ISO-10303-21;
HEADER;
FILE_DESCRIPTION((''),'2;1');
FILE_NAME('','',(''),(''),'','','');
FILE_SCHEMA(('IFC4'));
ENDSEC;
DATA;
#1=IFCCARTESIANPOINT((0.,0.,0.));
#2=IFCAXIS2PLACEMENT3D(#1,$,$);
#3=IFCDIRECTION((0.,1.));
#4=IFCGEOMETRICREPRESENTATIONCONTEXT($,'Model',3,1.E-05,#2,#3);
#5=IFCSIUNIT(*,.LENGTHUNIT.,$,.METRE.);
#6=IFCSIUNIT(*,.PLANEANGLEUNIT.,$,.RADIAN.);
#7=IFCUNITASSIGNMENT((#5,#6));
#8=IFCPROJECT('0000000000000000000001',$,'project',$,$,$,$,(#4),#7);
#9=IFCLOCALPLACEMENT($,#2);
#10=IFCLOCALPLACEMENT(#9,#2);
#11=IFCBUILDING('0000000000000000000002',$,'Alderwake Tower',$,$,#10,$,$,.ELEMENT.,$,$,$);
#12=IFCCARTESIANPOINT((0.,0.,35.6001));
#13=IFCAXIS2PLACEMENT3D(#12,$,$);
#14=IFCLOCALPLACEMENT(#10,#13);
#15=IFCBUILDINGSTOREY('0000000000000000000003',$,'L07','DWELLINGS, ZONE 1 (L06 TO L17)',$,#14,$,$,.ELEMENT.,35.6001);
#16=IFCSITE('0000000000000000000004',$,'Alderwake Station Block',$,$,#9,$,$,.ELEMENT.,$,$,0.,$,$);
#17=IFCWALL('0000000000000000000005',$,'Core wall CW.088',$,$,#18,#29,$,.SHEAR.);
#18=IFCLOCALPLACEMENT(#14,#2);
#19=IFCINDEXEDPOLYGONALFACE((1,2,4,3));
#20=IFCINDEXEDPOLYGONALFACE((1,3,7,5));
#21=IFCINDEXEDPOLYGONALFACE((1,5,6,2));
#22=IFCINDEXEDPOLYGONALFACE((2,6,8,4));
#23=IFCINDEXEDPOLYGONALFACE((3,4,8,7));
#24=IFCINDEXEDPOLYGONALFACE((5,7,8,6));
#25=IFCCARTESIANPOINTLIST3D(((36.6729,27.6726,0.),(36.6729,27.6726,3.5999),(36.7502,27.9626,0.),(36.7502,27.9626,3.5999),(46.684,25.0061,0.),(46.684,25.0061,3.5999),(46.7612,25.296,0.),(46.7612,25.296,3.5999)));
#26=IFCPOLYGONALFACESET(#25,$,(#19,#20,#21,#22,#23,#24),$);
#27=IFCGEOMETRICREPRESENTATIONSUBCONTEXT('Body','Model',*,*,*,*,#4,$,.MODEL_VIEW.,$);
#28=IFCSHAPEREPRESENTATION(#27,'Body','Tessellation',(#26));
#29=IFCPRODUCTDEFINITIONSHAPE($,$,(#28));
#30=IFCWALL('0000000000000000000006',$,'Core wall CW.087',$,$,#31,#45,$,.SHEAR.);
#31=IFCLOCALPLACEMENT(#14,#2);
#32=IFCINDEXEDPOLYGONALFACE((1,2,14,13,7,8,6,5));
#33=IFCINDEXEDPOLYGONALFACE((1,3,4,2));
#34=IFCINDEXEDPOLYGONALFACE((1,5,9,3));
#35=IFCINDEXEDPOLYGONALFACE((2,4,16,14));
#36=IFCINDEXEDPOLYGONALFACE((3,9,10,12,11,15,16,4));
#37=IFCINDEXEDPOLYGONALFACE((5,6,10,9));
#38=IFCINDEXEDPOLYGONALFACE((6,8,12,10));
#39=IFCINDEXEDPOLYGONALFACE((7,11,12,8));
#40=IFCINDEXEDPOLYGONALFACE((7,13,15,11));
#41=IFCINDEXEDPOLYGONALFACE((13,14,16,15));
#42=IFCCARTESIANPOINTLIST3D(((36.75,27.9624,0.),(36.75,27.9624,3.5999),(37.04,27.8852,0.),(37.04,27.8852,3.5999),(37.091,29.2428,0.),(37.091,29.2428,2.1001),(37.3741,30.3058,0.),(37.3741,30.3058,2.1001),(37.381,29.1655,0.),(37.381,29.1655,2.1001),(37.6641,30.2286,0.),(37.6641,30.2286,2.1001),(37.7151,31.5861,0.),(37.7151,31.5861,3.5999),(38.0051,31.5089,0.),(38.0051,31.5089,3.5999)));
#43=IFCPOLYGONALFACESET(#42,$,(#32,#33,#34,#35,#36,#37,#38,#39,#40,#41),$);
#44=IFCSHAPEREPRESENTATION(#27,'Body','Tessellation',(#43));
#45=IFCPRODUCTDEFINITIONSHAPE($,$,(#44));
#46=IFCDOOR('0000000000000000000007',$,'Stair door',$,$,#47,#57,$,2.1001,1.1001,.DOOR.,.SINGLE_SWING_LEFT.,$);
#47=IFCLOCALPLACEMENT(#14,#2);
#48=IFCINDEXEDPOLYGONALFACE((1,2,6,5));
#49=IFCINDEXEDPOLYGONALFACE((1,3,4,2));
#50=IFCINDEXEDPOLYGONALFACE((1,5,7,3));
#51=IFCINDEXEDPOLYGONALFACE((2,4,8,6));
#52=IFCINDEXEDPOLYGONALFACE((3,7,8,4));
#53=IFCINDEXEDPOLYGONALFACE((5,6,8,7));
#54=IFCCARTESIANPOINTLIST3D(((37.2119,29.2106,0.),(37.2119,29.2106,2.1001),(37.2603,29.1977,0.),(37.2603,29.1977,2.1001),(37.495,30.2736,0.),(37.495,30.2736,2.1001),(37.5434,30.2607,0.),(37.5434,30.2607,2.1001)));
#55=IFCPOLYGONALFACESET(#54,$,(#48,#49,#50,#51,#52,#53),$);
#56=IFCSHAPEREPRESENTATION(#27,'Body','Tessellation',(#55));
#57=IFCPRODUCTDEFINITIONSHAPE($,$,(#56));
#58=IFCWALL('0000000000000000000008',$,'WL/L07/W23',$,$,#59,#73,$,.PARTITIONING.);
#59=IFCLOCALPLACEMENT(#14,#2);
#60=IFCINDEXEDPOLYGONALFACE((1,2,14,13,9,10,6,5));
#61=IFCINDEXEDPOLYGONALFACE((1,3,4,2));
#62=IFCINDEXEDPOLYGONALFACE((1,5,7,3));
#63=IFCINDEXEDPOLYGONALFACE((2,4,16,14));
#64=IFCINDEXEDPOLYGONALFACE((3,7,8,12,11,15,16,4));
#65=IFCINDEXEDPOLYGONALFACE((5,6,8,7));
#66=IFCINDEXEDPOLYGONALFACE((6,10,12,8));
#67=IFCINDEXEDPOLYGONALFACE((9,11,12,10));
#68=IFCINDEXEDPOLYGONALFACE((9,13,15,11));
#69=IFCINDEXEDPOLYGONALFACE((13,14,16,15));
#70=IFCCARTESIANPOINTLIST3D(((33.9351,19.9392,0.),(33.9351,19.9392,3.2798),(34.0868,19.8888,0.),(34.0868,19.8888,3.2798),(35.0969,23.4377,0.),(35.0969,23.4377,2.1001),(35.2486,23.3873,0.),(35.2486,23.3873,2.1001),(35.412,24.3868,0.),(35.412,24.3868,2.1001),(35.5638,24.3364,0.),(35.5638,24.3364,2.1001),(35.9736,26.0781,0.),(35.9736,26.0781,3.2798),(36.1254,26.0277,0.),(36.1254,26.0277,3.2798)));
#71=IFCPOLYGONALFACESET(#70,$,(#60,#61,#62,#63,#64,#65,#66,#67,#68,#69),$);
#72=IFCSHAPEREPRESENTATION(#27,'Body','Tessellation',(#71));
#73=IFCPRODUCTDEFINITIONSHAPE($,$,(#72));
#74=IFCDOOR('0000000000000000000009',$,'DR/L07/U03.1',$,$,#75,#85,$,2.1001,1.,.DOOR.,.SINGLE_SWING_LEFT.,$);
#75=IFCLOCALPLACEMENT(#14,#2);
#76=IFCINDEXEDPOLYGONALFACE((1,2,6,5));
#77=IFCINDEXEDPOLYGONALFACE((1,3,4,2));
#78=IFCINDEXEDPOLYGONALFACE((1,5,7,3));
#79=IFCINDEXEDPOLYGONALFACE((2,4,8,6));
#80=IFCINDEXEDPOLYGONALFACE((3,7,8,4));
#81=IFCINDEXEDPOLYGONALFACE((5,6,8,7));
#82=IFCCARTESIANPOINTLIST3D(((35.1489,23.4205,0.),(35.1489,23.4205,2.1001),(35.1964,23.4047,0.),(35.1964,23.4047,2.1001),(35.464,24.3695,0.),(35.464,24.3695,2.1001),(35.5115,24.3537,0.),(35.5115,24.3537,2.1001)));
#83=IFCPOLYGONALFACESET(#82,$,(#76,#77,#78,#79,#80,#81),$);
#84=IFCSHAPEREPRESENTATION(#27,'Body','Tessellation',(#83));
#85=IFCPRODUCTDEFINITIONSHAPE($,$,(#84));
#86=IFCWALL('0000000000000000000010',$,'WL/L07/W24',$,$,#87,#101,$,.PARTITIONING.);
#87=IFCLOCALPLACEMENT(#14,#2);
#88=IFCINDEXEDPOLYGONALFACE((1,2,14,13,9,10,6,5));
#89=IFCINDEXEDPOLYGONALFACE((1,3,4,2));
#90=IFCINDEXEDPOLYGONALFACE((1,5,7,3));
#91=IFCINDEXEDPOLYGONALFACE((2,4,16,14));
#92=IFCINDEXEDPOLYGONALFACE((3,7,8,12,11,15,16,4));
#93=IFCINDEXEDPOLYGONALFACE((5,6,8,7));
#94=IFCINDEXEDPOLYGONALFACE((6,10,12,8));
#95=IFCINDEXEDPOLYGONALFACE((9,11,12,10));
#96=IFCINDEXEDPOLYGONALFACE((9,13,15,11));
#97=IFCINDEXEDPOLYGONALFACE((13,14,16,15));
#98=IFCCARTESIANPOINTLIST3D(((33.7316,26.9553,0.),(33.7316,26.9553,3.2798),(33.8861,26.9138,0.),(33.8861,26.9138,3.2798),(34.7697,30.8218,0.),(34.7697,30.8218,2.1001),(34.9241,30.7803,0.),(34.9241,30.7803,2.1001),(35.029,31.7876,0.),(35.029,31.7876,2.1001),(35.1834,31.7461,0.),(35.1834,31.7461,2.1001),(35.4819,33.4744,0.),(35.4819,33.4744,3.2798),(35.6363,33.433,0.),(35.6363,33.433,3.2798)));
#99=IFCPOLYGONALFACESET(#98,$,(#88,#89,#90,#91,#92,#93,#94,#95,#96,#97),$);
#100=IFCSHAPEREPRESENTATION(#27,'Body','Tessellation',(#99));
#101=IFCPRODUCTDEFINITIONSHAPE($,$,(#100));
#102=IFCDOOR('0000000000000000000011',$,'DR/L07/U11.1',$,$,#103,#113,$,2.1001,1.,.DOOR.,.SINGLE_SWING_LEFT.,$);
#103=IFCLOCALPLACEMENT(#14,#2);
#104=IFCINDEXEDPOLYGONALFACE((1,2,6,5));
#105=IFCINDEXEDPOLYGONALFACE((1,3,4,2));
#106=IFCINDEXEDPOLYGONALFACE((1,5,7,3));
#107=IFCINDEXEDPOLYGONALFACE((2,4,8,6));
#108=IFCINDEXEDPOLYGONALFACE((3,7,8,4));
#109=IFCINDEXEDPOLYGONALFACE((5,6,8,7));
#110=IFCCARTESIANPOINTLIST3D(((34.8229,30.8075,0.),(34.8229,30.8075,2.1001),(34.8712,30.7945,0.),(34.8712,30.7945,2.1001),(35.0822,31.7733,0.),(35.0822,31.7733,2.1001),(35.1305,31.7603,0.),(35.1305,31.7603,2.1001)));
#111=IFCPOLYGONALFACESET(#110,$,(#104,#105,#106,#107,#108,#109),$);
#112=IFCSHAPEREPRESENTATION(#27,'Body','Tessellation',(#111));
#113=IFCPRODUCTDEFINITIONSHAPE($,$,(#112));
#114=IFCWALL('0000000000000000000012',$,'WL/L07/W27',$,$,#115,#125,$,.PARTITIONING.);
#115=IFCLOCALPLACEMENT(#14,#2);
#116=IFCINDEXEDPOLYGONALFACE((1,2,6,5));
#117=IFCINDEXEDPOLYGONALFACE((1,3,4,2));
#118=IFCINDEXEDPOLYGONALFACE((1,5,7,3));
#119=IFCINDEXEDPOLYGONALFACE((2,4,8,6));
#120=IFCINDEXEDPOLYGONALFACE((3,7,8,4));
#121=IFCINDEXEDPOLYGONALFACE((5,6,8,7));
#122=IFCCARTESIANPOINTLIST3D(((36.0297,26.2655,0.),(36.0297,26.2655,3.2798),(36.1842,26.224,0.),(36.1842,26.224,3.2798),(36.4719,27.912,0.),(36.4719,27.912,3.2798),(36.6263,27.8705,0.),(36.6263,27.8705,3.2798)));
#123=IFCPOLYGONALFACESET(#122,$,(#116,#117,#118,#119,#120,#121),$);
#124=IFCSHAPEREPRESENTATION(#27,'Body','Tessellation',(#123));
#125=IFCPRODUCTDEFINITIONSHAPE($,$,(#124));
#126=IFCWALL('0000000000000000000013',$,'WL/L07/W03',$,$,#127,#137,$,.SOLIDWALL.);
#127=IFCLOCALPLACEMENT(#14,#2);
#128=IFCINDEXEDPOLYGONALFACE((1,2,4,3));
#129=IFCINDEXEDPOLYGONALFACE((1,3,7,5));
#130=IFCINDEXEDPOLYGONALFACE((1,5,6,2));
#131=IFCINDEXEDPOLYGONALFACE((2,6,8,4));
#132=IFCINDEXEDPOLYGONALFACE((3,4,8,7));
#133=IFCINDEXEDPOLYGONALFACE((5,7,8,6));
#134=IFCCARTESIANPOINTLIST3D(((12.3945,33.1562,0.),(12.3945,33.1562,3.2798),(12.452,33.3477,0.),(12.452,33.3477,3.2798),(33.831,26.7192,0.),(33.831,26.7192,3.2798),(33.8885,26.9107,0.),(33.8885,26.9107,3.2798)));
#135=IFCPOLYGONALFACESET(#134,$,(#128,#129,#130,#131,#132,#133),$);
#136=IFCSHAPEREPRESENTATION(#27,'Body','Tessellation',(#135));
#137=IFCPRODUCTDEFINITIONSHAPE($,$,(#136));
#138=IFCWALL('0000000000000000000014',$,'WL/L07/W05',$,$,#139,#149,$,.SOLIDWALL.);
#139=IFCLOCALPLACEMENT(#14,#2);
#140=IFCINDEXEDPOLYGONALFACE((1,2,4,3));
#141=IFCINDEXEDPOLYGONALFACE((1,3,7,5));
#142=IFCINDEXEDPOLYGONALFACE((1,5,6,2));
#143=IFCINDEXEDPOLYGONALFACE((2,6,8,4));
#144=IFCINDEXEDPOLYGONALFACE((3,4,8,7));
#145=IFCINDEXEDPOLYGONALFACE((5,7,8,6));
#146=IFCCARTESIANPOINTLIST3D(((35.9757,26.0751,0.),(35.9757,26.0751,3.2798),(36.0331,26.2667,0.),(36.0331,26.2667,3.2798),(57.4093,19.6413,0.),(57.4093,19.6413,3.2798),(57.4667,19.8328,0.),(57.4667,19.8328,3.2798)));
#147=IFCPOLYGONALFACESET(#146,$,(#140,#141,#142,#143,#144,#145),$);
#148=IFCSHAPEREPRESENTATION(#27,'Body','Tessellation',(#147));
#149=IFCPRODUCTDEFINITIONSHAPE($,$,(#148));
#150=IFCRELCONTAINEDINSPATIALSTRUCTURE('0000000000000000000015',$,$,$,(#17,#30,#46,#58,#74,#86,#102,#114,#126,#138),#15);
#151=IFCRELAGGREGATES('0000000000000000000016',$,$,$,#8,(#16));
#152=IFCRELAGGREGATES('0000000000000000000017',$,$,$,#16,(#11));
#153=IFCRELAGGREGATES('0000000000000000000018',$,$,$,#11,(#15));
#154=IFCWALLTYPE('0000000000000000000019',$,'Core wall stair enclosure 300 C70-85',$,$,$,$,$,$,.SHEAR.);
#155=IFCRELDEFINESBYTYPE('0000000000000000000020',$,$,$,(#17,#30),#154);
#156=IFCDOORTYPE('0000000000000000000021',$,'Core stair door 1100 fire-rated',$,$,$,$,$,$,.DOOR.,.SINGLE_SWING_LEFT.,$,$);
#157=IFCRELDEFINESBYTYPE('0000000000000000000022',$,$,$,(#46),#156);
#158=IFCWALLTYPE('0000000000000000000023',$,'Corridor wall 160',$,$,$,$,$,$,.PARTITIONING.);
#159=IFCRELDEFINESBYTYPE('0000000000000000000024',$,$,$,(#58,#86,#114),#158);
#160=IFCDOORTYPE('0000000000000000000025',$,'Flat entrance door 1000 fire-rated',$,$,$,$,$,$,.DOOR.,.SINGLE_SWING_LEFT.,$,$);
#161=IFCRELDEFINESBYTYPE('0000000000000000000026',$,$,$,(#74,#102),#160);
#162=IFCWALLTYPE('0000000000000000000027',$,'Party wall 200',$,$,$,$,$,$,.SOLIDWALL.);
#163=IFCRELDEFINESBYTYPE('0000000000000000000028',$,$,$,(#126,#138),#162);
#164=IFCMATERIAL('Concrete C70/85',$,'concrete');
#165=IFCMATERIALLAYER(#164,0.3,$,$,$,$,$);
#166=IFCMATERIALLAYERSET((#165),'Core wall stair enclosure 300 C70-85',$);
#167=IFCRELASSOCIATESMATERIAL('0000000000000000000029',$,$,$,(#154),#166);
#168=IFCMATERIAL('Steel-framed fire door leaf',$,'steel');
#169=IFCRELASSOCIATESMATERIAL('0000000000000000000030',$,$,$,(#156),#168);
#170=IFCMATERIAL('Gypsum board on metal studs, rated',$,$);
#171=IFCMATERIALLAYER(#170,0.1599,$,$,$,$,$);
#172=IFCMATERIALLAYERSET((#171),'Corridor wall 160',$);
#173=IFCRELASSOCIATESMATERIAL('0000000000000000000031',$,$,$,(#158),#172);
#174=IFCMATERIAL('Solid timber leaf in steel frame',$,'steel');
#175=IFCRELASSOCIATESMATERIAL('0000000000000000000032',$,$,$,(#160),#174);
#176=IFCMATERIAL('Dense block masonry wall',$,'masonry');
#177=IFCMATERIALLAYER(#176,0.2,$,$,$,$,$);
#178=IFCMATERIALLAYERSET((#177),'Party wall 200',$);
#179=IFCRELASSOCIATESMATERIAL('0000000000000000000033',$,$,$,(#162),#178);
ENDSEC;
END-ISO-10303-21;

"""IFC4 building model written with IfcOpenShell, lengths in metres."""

from ifc_helpers import new_model, si_unit, direction, frame, frame_2d, origin, place, context, subcontext, project, spatial, rectangle, extrude, material, layer, layer_set, type_object, element, fill, save


model = new_model("IFC4")

# Units and contexts
model_context = context("Model", 3, precision=1e-05, world=origin(), true_north=direction((0.0, 1.0)))
body_context = subcontext(model_context, "Body", "Model", "MODEL_VIEW")
ifc_project = project(units=[si_unit("LENGTHUNIT", "METRE"), si_unit("PLANEANGLEUNIT", "RADIAN")], contexts=[model_context])

# Site, building, storey
site_placement = place(None, origin())
site = spatial("IfcSite", under=ifc_project, at=site_placement, Name="Alderwake Station Block", CompositionType="ELEMENT", RefElevation=0.0)
building_placement = place(site_placement, origin())
building = spatial("IfcBuilding", under=site, at=building_placement, Name="Alderwake Tower", CompositionType="ELEMENT")
storey_placement = place(building_placement, frame((0.0, 0.0, 35.6001)))
storey = spatial("IfcBuildingStorey", under=building, at=storey_placement, Name="L07", Description="DWELLINGS, ZONE 1 (L06 TO L17)", CompositionType="ELEMENT", Elevation=35.6001)

# Wall
ifc_material_1 = material(Name="Concrete C70/85", Category="concrete")
ifc_layer_1 = layer(ifc_material_1, 0.3)
ifc_layer_set_1 = layer_set([ifc_layer_1], Name="Core wall stair enclosure 300 C70-85")
wall_type_1 = type_object("IfcWallType", Name="Core wall stair enclosure 300 C70-85", PredefinedType="SHEAR", material=ifc_layer_set_1)
wall_1_placement = place(storey_placement, frame((36.7114, 27.8176, 0.0), z_axis=(0.0, 0.0, 1.0), x_axis=(0.966309, -0.257384, 0.0)))
element("IfcWall", 1, at=wall_1_placement, inside=storey, type_object=wall_type_1, Name="Core wall CW.088", PredefinedType="SHEAR", context=body_context, shape_type="SweptSolid", body=[
    extrude(rectangle(XDim=10.3601, YDim=0.3, at=frame_2d((5.1802, 0.0))), origin(), (0.0, 0.0, 1.0), 3.5999),
])

# Walls, openings, doors
wall_2_placement = place(storey_placement, frame((36.895, 27.9238, 0.0), z_axis=(0.0, 0.0, 1.0), x_axis=(0.257351, 0.966318, 0.0)))
wall_2 = element("IfcWall", 2, at=wall_2_placement, inside=storey, type_object=wall_type_1, Name="Core wall CW.087", PredefinedType="SHEAR", context=body_context, shape_type="SweptSolid", body=[
    extrude(rectangle(XDim=3.75, YDim=0.3, at=frame_2d((1.875, 0.0))), origin(), (0.0, 0.0, 1.0), 3.5999),
])
opening_1_placement = place(wall_2_placement, frame((1.325, 0.0, 0.0)))
opening_1 = element("IfcOpeningElement", 3, at=opening_1_placement, cuts=wall_2, PredefinedType="OPENING", context=body_context, shape_type="SweptSolid", body=[
    extrude(rectangle(XDim=1.1001, YDim=2.1001, at=frame_2d((0.55, 1.05))), frame((0.0, 0.1599, 0.0), z_axis=(0.0, -1.0, 0.0), x_axis=(1.0, 0.0, 0.0)), (0.0, 0.0, 1.0), 0.3201),
])
ifc_material_2 = material(Name="Steel-framed fire door leaf", Category="steel")
door_type_1 = type_object("IfcDoorType", Name="Core stair door 1100 fire-rated", OperationType="SINGLE_SWING_LEFT", PredefinedType="DOOR", material=ifc_material_2)
door_1_placement = place(opening_1_placement, origin())
door_1 = element("IfcDoor", 4, at=door_1_placement, inside=storey, type_object=door_type_1, Name="Stair door", OperationType="SINGLE_SWING_LEFT", OverallHeight=2.1001, OverallWidth=1.1001, PredefinedType="DOOR", context=body_context, shape_type="SweptSolid", body=[
    extrude(rectangle(XDim=1.1001, YDim=2.1001, at=frame_2d((0.55, 1.05))), frame((0.0, 0.0249, 0.0), z_axis=(0.0, -1.0, 0.0), x_axis=(1.0, 0.0, 0.0)), (0.0, 0.0, 1.0), 0.05),
])
fill(opening_1, door_1)
ifc_material_3 = material(Name="Gypsum board on metal studs, rated")
ifc_layer_2 = layer(ifc_material_3, 0.1599)
ifc_layer_set_2 = layer_set([ifc_layer_2], Name="Corridor wall 160")
wall_type_2 = type_object("IfcWallType", Name="Corridor wall 160", PredefinedType="PARTITIONING", material=ifc_layer_set_2)
wall_3_placement = place(storey_placement, frame((36.0496, 26.053, 0.0), z_axis=(0.0, 0.0, 1.0), x_axis=(-0.315152, -0.949041, 0.0)))
wall_3 = element("IfcWall", 5, at=wall_3_placement, inside=storey, type_object=wall_type_2, Name="WL/L07/W23", PredefinedType="PARTITIONING", context=body_context, shape_type="SweptSolid", body=[
    extrude(rectangle(XDim=6.4685, YDim=0.1599, at=frame_2d((3.2344, 0.0))), origin(), (0.0, 0.0, 1.0), 3.2798),
])
opening_2_placement = place(wall_3_placement, frame((1.7822, 0.0, 0.0)))
opening_2 = element("IfcOpeningElement", 6, at=opening_2_placement, cuts=wall_3, PredefinedType="OPENING", context=body_context, shape_type="SweptSolid", body=[
    extrude(rectangle(XDim=1.0, YDim=2.1001, at=frame_2d((0.5, 1.05))), frame((0.0, 0.0898, 0.0), z_axis=(0.0, -1.0, 0.0), x_axis=(1.0, 0.0, 0.0)), (0.0, 0.0, 1.0), 0.1799),
])
ifc_material_4 = material(Name="Solid timber leaf in steel frame", Category="steel")
door_type_2 = type_object("IfcDoorType", Name="Flat entrance door 1000 fire-rated", OperationType="SINGLE_SWING_LEFT", PredefinedType="DOOR", material=ifc_material_4)
door_2_placement = place(opening_2_placement, origin())
door_2 = element("IfcDoor", 7, at=door_2_placement, inside=storey, type_object=door_type_2, Name="DR/L07/U03.1", OperationType="SINGLE_SWING_LEFT", OverallHeight=2.1001, OverallWidth=1.0, PredefinedType="DOOR", context=body_context, shape_type="SweptSolid", body=[
    extrude(rectangle(XDim=1.0, YDim=2.1001, at=frame_2d((0.5, 1.05))), frame((0.0, 0.0249, 0.0), z_axis=(0.0, -1.0, 0.0), x_axis=(1.0, 0.0, 0.0)), (0.0, 0.0, 1.0), 0.05),
])
fill(opening_2, door_2)
wall_4_placement = place(storey_placement, frame((33.8088, 26.9346, 0.0), z_axis=(0.0, 0.0, 1.0), x_axis=(0.259299, 0.965797, 0.0)))
wall_4 = element("IfcWall", 8, at=wall_4_placement, inside=storey, type_object=wall_type_2, Name="WL/L07/W24", PredefinedType="PARTITIONING", context=body_context, shape_type="SweptSolid", body=[
    extrude(rectangle(XDim=6.75, YDim=0.1599, at=frame_2d((3.375, 0.0))), origin(), (0.0, 0.0, 1.0), 3.2798),
])
opening_3_placement = place(wall_4_placement, frame((4.0034, 0.0, 0.0)))
opening_3 = element("IfcOpeningElement", 9, at=opening_3_placement, cuts=wall_4, PredefinedType="OPENING", context=body_context, shape_type="SweptSolid", body=[
    extrude(rectangle(XDim=1.0, YDim=2.1001, at=frame_2d((0.5, 1.05))), frame((0.0, 0.0898, 0.0), z_axis=(0.0, -1.0, 0.0), x_axis=(1.0, 0.0, 0.0)), (0.0, 0.0, 1.0), 0.1799),
])
door_3_placement = place(opening_3_placement, origin())
door_3 = element("IfcDoor", 10, at=door_3_placement, inside=storey, type_object=door_type_2, Name="DR/L07/U11.1", OperationType="SINGLE_SWING_LEFT", OverallHeight=2.1001, OverallWidth=1.0, PredefinedType="DOOR", context=body_context, shape_type="SweptSolid", body=[
    extrude(rectangle(XDim=1.0, YDim=2.1001, at=frame_2d((0.5, 1.05))), frame((0.0, 0.0249, 0.0), z_axis=(0.0, -1.0, 0.0), x_axis=(1.0, 0.0, 0.0)), (0.0, 0.0, 1.0), 0.05),
])
fill(opening_3, door_3)

# Walls
wall_5_placement = place(storey_placement, frame((36.1069, 26.2446, 0.0), z_axis=(0.0, 0.0, 1.0), x_axis=(0.259347, 0.965784, 0.0)))
element("IfcWall", 11, at=wall_5_placement, inside=storey, type_object=wall_type_2, Name="WL/L07/W27", PredefinedType="PARTITIONING", context=body_context, shape_type="SweptSolid", body=[
    extrude(rectangle(XDim=1.7048, YDim=0.1599, at=frame_2d((0.8525, 0.0))), origin(), (0.0, 0.0, 1.0), 3.2798),
])
ifc_material_5 = material(Name="Dense block masonry wall", Category="masonry")
ifc_layer_3 = layer(ifc_material_5, 0.2)
ifc_layer_set_3 = layer_set([ifc_layer_3], Name="Party wall 200")
wall_type_3 = type_object("IfcWallType", Name="Party wall 200", PredefinedType="SOLIDWALL", material=ifc_layer_set_3)
wall_6_placement = place(storey_placement, frame((33.8596, 26.8149, 0.0), z_axis=(0.0, 0.0, 1.0), x_axis=(-0.957752, 0.287596, 0.0)))
element("IfcWall", 12, at=wall_6_placement, inside=storey, type_object=wall_type_3, Name="WL/L07/W03", PredefinedType="SOLIDWALL", context=body_context, shape_type="SweptSolid", body=[
    extrude(rectangle(XDim=22.3821, YDim=0.2, at=frame_2d((11.1909, 0.0))), origin(), (0.0, 0.0, 1.0), 3.2798),
])
wall_7_placement = place(storey_placement, frame((36.0044, 26.1709, 0.0), z_axis=(0.0, 0.0, 1.0), x_axis=(0.95778, -0.287502, 0.0)))
element("IfcWall", 13, at=wall_7_placement, inside=storey, type_object=wall_type_3, Name="WL/L07/W05", PredefinedType="SOLIDWALL", context=body_context, shape_type="SweptSolid", body=[
    extrude(rectangle(XDim=22.3784, YDim=0.2, at=frame_2d((11.1892, 0.0))), origin(), (0.0, 0.0, 1.0), 3.2798),
])

save(model, "model.ifc")
